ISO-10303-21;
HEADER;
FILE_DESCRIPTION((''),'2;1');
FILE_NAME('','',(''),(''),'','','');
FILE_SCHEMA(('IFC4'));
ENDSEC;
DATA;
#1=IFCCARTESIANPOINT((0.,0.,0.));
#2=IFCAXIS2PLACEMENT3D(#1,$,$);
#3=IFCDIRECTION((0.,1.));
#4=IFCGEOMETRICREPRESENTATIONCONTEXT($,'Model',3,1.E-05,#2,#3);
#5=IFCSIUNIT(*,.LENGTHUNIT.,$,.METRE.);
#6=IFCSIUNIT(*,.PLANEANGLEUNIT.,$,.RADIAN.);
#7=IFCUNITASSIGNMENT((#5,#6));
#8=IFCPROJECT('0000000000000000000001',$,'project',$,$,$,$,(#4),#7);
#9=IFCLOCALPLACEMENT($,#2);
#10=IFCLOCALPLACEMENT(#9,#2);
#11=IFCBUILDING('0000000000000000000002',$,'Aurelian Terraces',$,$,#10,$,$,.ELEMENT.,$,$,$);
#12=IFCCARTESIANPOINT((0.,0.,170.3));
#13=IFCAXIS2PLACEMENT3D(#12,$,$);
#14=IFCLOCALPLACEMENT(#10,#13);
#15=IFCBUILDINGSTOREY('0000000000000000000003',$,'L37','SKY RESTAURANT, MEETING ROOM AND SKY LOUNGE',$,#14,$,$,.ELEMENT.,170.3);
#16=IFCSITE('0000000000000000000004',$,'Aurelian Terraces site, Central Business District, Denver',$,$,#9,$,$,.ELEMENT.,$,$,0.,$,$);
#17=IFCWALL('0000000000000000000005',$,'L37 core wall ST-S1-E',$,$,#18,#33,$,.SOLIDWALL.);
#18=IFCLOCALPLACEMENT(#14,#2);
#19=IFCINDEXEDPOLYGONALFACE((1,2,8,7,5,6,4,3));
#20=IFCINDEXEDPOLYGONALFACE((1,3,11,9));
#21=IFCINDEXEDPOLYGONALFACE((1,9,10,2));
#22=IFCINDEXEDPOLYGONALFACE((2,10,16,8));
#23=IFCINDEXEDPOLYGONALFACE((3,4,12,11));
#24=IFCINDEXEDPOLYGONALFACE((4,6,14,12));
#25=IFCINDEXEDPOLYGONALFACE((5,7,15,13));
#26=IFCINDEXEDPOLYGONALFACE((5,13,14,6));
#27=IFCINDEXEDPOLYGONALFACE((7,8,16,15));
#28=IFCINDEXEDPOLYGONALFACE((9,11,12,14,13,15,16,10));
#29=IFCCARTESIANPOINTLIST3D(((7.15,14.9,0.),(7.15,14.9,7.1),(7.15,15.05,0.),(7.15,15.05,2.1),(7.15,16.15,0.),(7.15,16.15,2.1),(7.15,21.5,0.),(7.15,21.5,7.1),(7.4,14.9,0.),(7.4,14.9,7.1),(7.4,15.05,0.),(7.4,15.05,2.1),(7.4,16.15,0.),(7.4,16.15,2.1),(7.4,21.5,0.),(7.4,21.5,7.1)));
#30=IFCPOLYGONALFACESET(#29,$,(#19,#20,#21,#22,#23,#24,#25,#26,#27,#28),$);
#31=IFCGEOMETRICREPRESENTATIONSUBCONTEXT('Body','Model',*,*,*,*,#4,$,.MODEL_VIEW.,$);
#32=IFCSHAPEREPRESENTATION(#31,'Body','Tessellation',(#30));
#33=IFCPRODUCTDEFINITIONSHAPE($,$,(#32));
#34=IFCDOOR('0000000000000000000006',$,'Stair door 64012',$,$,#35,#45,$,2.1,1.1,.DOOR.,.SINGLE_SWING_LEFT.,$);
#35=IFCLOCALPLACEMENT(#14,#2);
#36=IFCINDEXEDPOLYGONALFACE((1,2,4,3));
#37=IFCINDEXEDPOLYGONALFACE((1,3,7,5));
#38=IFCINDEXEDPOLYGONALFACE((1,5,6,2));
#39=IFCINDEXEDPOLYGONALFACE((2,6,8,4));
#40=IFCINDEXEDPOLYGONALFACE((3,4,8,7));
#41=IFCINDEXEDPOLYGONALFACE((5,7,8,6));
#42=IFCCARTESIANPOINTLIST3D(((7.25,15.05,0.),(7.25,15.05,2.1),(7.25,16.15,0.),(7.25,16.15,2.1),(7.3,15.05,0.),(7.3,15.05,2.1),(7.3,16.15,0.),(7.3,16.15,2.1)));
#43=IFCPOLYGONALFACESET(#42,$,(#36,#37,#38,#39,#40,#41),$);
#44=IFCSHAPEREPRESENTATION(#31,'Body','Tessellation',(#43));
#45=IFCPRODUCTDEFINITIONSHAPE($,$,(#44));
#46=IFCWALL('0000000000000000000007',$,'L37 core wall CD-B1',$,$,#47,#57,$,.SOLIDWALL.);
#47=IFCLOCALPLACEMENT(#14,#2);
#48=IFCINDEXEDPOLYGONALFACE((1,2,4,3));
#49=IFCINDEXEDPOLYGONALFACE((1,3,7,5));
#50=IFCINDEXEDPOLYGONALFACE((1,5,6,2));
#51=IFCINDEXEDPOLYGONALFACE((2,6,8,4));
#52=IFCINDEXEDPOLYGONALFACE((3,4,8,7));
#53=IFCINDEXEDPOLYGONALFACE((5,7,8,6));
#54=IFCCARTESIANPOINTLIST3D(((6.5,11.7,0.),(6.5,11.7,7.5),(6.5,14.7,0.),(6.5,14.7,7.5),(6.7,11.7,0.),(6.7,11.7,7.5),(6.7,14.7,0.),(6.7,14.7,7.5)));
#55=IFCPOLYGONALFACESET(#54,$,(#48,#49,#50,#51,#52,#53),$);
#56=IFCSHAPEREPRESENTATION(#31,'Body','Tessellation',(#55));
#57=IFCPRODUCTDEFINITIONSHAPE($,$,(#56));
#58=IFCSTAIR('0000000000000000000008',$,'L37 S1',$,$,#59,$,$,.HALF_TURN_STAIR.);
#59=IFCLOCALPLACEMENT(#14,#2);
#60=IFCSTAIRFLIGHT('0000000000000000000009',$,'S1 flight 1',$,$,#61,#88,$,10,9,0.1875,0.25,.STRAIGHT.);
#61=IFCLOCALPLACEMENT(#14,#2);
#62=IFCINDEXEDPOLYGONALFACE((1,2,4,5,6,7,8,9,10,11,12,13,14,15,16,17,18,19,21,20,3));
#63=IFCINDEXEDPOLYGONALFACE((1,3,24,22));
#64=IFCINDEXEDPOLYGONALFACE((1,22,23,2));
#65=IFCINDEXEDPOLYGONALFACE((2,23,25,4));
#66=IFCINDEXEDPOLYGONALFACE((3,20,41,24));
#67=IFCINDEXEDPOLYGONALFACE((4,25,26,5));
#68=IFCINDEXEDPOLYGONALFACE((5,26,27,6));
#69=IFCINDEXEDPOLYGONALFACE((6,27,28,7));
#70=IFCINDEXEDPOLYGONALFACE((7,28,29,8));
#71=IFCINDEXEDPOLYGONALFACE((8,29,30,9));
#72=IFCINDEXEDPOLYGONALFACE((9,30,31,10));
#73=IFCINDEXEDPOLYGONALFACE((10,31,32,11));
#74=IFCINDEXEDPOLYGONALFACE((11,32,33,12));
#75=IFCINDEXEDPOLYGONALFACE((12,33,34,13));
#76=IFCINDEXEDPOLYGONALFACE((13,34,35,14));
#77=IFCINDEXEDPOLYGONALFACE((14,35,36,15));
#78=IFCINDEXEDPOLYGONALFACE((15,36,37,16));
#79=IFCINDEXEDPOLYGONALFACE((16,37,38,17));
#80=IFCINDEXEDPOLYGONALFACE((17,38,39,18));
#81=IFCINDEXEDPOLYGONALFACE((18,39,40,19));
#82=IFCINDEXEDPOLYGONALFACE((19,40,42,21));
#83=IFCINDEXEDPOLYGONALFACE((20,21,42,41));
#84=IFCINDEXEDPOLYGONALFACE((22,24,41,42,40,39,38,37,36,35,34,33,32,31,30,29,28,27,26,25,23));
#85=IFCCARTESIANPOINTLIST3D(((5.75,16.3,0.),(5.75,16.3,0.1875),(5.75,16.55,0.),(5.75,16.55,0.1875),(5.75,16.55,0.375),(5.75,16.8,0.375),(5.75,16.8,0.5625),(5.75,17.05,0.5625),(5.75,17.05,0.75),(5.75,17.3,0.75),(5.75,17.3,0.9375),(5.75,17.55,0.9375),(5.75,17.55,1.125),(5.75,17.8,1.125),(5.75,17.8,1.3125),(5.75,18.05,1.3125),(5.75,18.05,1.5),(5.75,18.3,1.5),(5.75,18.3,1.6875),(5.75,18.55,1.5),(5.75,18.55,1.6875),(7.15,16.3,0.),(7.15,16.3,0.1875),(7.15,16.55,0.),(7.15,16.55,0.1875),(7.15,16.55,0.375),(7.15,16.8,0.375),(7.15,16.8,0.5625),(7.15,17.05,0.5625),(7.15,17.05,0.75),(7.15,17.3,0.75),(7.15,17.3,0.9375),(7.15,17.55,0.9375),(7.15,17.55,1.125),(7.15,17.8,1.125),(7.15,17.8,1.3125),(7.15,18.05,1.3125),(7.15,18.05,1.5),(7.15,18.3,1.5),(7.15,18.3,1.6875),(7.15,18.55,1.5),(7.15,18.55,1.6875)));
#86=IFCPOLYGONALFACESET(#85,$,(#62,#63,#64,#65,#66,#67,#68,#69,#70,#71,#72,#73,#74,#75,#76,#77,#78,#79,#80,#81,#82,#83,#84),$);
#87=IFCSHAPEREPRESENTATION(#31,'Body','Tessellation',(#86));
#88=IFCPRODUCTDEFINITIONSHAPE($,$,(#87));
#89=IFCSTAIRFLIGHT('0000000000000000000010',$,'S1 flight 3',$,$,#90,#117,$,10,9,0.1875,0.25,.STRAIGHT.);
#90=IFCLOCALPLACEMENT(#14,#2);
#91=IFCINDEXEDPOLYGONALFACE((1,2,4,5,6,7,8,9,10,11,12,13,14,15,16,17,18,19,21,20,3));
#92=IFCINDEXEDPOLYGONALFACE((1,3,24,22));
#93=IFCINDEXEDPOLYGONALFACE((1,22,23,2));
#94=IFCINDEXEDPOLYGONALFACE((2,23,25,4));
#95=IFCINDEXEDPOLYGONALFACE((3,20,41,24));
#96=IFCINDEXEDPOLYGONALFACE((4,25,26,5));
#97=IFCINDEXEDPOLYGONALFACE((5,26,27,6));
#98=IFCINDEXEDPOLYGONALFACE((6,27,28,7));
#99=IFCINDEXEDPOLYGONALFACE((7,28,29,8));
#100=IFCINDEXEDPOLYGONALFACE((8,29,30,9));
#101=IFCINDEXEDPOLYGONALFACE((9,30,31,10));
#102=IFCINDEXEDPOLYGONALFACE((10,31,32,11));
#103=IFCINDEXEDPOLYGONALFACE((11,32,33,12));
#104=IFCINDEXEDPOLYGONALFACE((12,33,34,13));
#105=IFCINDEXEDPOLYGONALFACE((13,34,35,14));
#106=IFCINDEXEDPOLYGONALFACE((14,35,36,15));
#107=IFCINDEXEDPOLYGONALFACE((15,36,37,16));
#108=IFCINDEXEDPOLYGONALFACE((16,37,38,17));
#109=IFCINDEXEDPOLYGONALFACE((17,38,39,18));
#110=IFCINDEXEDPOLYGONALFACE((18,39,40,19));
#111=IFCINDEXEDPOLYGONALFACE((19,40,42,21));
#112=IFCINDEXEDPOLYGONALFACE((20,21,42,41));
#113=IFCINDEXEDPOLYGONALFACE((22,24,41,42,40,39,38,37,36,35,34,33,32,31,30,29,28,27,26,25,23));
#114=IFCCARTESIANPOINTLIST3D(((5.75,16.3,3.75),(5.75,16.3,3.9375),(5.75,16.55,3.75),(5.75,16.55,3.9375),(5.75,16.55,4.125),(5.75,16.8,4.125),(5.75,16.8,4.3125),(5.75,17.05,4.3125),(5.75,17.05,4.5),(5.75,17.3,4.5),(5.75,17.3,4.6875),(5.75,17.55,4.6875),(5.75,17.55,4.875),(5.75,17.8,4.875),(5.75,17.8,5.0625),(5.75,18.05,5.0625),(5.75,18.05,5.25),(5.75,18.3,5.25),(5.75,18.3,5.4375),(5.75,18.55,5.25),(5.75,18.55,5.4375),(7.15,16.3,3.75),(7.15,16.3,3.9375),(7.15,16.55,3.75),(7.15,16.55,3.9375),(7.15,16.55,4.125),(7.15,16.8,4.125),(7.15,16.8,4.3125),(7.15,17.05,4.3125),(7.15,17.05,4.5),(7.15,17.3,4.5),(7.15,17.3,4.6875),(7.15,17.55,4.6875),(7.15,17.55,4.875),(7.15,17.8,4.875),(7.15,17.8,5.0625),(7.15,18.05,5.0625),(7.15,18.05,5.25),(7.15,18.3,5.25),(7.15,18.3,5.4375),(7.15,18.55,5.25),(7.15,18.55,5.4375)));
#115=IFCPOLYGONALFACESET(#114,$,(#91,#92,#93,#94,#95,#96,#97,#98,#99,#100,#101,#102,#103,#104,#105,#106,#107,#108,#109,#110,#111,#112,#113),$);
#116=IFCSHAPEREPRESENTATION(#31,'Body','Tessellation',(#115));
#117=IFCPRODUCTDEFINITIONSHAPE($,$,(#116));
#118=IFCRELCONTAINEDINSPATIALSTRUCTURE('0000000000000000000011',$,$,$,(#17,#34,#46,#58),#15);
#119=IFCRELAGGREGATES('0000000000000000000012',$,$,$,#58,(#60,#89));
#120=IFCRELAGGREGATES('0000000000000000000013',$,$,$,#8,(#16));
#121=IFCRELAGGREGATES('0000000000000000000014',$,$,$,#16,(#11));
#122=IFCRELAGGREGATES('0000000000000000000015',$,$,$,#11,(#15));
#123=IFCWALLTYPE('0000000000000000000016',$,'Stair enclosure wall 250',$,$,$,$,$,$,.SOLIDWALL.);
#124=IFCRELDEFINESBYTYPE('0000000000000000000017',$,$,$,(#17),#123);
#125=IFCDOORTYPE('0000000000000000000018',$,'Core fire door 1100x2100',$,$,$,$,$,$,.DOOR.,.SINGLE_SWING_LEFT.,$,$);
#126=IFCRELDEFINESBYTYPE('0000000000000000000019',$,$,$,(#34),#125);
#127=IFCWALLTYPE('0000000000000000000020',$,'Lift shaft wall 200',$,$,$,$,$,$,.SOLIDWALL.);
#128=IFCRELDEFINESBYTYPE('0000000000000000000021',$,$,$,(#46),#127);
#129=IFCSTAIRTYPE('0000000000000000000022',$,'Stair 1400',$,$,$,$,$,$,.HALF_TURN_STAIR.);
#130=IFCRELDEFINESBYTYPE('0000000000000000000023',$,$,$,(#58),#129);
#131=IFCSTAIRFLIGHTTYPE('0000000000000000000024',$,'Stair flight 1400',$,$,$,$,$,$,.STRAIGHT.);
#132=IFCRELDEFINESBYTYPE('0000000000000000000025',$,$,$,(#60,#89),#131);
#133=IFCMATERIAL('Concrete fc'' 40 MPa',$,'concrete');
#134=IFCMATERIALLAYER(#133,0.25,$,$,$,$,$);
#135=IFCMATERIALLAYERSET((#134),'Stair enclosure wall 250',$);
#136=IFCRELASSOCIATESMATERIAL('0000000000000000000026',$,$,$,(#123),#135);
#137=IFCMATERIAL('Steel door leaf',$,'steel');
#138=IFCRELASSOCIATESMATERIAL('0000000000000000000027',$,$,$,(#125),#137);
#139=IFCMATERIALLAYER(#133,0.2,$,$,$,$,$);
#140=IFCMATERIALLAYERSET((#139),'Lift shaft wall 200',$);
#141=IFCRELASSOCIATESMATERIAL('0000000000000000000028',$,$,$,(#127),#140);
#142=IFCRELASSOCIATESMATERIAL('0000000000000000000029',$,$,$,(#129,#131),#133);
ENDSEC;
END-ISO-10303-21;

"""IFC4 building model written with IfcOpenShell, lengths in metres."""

from ifc_helpers import new_model, si_unit, direction, frame, frame_2d, origin, place, context, subcontext, project, spatial, polyline, rectangle, outline, extrude, source, transform, mapped, material, layer, layer_set, type_object, element, fill, aggregate, save


model = new_model("IFC4")

# Units and contexts
model_context = context("Model", 3, precision=1e-05, world=origin(), true_north=direction((0.0, 1.0)))
body_context = subcontext(model_context, "Body", "Model", "MODEL_VIEW")
ifc_project = project(units=[si_unit("LENGTHUNIT", "METRE"), si_unit("PLANEANGLEUNIT", "RADIAN")], contexts=[model_context])

# Site, building, storey
site_placement = place(None, origin())
site = spatial("IfcSite", under=ifc_project, at=site_placement, Name="Aurelian Terraces site, Central Business District, Denver", CompositionType="ELEMENT", RefElevation=0.0)
building_placement = place(site_placement, origin())
building = spatial("IfcBuilding", under=site, at=building_placement, Name="Aurelian Terraces", CompositionType="ELEMENT")
storey_placement = place(building_placement, frame((0.0, 0.0, 170.3)))
storey = spatial("IfcBuildingStorey", under=building, at=storey_placement, Name="L37", Description="SKY RESTAURANT, MEETING ROOM AND SKY LOUNGE", CompositionType="ELEMENT", Elevation=170.3)

# Wall, opening, door
ifc_material_1 = material(Name="Concrete fc' 40 MPa", Category="concrete")
ifc_layer_1 = layer(ifc_material_1, 0.25)
ifc_layer_set_1 = layer_set([ifc_layer_1], Name="Stair enclosure wall 250")
wall_type_1 = type_object("IfcWallType", Name="Stair enclosure wall 250", PredefinedType="SOLIDWALL", material=ifc_layer_set_1)
wall_1_placement = place(storey_placement, frame((7.275, 14.9, 0.0), z_axis=(0.0, 0.0, 1.0), x_axis=(0.0, 1.0, 0.0)))
wall_1 = element("IfcWall", 1, at=wall_1_placement, inside=storey, type_object=wall_type_1, Name="L37 core wall ST-S1-E", PredefinedType="SOLIDWALL", context=body_context, shape_type="SweptSolid", body=[
    extrude(rectangle(XDim=6.6, YDim=0.25, at=frame_2d((3.3, 0.0))), origin(), (0.0, 0.0, 1.0), 7.1),
])
shared_shape_1 = source(origin(), body_context, "Body", "SweptSolid", [
    extrude(rectangle(XDim=1.1, YDim=2.1, at=frame_2d((0.55, 1.05))), frame((0.0, 0.135, 0.0), z_axis=(0.0, -1.0, 0.0), x_axis=(1.0, 0.0, 0.0)), (0.0, 0.0, 1.0), 0.27),
])
opening_placement = place(wall_1_placement, frame((0.15, 0.0, 0.0)))
opening = element("IfcOpeningElement", 2, at=opening_placement, cuts=wall_1, PredefinedType="OPENING", context=body_context, shape_type="MappedRepresentation", body=[
    mapped(shared_shape_1, transform((0.0, 0.0, 0.0), scale=1.0)),
])
ifc_material_2 = material(Name="Steel door leaf", Category="steel")
door_type = type_object("IfcDoorType", Name="Core fire door 1100x2100", OperationType="SINGLE_SWING_LEFT", PredefinedType="DOOR", material=ifc_material_2)
shared_shape_2 = source(origin(), body_context, "Body", "SweptSolid", [
    extrude(rectangle(XDim=1.1, YDim=2.1, at=frame_2d((0.55, 1.05))), frame((0.0, 0.025, 0.0), z_axis=(0.0, -1.0, 0.0), x_axis=(1.0, 0.0, 0.0)), (0.0, 0.0, 1.0), 0.05),
])
door_placement = place(opening_placement, origin())
door = element("IfcDoor", 3, at=door_placement, inside=storey, type_object=door_type, Name="Stair door 64012", OperationType="SINGLE_SWING_LEFT", OverallHeight=2.1, OverallWidth=1.1, PredefinedType="DOOR", context=body_context, shape_type="MappedRepresentation", body=[
    mapped(shared_shape_2, transform((0.0, 0.0, 0.0), scale=1.0)),
])
fill(opening, door)

# Wall
ifc_layer_2 = layer(ifc_material_1, 0.2)
ifc_layer_set_2 = layer_set([ifc_layer_2], Name="Lift shaft wall 200")
wall_type_2 = type_object("IfcWallType", Name="Lift shaft wall 200", PredefinedType="SOLIDWALL", material=ifc_layer_set_2)
shared_shape_3 = source(origin(), body_context, "Body", "SweptSolid", [
    extrude(rectangle(XDim=3.0, YDim=0.2, at=frame_2d((1.5, 0.0))), origin(), (0.0, 0.0, 1.0), 7.5),
])
wall_2_placement = place(storey_placement, frame((6.6, 11.7, 0.0), z_axis=(0.0, 0.0, 1.0), x_axis=(0.0, 1.0, 0.0)))
element("IfcWall", 4, at=wall_2_placement, inside=storey, type_object=wall_type_2, Name="L37 core wall CD-B1", PredefinedType="SOLIDWALL", context=body_context, shape_type="MappedRepresentation", body=[
    mapped(shared_shape_3, transform((0.0, 0.0, 0.0), scale=1.0)),
])

# Stair, stair flights
stair_type = type_object("IfcStairType", Name="Stair 1400", PredefinedType="HALF_TURN_STAIR", material=ifc_material_1)
stair_placement = place(storey_placement, origin())
stair = element("IfcStair", 5, at=stair_placement, inside=storey, type_object=stair_type, Name="L37 S1", PredefinedType="HALF_TURN_STAIR")
stair_flight_type = type_object("IfcStairFlightType", Name="Stair flight 1400", PredefinedType="STRAIGHT", material=ifc_material_1)
shared_shape_4 = source(origin(), body_context, "Body", "SweptSolid", [
    extrude(outline(polyline([(0.0, 0.0), (0.0, 0.1875), (0.25, 0.1875), (0.25, 0.375), (0.5, 0.375), (0.5, 0.5625), (0.75, 0.5625), (0.75, 0.75), (1.0, 0.75), (1.0, 0.9375), (1.25, 0.9375), (1.25, 1.125), (1.5, 1.125), (1.5, 1.3125), (1.75, 1.3125), (1.75, 1.5), (2.0, 1.5), (2.0, 1.6875), (2.25, 1.6875), (2.25, 1.875), (2.25, 1.5), (0.25, 0.0), (0.0, 0.0)])), frame((0.0, 0.7, 0.0), z_axis=(0.0, -1.0, 0.0), x_axis=(1.0, 0.0, 0.0)), (0.0, 0.0, 1.0), 1.4),
])
stair_flight_1_placement = place(storey_placement, frame((6.45, 16.3, 0.0), z_axis=(0.0, 0.0, 1.0), x_axis=(0.0, 1.0, 0.0)))
stair_flight_1 = element("IfcStairFlight", 6, at=stair_flight_1_placement, type_object=stair_flight_type, Name="S1 flight 1", NumberOfRisers=10, NumberOfTreads=9, PredefinedType="STRAIGHT", RiserHeight=0.1875, TreadLength=0.25, context=body_context, shape_type="MappedRepresentation", body=[
    mapped(shared_shape_4, transform((0.0, 0.0, 0.0), scale=1.0)),
])
stair_flight_2_placement = place(storey_placement, frame((6.45, 16.3, 3.75), z_axis=(0.0, 0.0, 1.0), x_axis=(0.0, 1.0, 0.0)))
stair_flight_2 = element("IfcStairFlight", 7, at=stair_flight_2_placement, type_object=stair_flight_type, Name="S1 flight 3", NumberOfRisers=10, NumberOfTreads=9, PredefinedType="STRAIGHT", RiserHeight=0.1875, TreadLength=0.25, context=body_context, shape_type="MappedRepresentation", body=[
    mapped(shared_shape_4, transform((0.0, 0.0, 0.0), scale=1.0)),
])
aggregate(stair, [stair_flight_1, stair_flight_2])

save(model, "model.ifc")
